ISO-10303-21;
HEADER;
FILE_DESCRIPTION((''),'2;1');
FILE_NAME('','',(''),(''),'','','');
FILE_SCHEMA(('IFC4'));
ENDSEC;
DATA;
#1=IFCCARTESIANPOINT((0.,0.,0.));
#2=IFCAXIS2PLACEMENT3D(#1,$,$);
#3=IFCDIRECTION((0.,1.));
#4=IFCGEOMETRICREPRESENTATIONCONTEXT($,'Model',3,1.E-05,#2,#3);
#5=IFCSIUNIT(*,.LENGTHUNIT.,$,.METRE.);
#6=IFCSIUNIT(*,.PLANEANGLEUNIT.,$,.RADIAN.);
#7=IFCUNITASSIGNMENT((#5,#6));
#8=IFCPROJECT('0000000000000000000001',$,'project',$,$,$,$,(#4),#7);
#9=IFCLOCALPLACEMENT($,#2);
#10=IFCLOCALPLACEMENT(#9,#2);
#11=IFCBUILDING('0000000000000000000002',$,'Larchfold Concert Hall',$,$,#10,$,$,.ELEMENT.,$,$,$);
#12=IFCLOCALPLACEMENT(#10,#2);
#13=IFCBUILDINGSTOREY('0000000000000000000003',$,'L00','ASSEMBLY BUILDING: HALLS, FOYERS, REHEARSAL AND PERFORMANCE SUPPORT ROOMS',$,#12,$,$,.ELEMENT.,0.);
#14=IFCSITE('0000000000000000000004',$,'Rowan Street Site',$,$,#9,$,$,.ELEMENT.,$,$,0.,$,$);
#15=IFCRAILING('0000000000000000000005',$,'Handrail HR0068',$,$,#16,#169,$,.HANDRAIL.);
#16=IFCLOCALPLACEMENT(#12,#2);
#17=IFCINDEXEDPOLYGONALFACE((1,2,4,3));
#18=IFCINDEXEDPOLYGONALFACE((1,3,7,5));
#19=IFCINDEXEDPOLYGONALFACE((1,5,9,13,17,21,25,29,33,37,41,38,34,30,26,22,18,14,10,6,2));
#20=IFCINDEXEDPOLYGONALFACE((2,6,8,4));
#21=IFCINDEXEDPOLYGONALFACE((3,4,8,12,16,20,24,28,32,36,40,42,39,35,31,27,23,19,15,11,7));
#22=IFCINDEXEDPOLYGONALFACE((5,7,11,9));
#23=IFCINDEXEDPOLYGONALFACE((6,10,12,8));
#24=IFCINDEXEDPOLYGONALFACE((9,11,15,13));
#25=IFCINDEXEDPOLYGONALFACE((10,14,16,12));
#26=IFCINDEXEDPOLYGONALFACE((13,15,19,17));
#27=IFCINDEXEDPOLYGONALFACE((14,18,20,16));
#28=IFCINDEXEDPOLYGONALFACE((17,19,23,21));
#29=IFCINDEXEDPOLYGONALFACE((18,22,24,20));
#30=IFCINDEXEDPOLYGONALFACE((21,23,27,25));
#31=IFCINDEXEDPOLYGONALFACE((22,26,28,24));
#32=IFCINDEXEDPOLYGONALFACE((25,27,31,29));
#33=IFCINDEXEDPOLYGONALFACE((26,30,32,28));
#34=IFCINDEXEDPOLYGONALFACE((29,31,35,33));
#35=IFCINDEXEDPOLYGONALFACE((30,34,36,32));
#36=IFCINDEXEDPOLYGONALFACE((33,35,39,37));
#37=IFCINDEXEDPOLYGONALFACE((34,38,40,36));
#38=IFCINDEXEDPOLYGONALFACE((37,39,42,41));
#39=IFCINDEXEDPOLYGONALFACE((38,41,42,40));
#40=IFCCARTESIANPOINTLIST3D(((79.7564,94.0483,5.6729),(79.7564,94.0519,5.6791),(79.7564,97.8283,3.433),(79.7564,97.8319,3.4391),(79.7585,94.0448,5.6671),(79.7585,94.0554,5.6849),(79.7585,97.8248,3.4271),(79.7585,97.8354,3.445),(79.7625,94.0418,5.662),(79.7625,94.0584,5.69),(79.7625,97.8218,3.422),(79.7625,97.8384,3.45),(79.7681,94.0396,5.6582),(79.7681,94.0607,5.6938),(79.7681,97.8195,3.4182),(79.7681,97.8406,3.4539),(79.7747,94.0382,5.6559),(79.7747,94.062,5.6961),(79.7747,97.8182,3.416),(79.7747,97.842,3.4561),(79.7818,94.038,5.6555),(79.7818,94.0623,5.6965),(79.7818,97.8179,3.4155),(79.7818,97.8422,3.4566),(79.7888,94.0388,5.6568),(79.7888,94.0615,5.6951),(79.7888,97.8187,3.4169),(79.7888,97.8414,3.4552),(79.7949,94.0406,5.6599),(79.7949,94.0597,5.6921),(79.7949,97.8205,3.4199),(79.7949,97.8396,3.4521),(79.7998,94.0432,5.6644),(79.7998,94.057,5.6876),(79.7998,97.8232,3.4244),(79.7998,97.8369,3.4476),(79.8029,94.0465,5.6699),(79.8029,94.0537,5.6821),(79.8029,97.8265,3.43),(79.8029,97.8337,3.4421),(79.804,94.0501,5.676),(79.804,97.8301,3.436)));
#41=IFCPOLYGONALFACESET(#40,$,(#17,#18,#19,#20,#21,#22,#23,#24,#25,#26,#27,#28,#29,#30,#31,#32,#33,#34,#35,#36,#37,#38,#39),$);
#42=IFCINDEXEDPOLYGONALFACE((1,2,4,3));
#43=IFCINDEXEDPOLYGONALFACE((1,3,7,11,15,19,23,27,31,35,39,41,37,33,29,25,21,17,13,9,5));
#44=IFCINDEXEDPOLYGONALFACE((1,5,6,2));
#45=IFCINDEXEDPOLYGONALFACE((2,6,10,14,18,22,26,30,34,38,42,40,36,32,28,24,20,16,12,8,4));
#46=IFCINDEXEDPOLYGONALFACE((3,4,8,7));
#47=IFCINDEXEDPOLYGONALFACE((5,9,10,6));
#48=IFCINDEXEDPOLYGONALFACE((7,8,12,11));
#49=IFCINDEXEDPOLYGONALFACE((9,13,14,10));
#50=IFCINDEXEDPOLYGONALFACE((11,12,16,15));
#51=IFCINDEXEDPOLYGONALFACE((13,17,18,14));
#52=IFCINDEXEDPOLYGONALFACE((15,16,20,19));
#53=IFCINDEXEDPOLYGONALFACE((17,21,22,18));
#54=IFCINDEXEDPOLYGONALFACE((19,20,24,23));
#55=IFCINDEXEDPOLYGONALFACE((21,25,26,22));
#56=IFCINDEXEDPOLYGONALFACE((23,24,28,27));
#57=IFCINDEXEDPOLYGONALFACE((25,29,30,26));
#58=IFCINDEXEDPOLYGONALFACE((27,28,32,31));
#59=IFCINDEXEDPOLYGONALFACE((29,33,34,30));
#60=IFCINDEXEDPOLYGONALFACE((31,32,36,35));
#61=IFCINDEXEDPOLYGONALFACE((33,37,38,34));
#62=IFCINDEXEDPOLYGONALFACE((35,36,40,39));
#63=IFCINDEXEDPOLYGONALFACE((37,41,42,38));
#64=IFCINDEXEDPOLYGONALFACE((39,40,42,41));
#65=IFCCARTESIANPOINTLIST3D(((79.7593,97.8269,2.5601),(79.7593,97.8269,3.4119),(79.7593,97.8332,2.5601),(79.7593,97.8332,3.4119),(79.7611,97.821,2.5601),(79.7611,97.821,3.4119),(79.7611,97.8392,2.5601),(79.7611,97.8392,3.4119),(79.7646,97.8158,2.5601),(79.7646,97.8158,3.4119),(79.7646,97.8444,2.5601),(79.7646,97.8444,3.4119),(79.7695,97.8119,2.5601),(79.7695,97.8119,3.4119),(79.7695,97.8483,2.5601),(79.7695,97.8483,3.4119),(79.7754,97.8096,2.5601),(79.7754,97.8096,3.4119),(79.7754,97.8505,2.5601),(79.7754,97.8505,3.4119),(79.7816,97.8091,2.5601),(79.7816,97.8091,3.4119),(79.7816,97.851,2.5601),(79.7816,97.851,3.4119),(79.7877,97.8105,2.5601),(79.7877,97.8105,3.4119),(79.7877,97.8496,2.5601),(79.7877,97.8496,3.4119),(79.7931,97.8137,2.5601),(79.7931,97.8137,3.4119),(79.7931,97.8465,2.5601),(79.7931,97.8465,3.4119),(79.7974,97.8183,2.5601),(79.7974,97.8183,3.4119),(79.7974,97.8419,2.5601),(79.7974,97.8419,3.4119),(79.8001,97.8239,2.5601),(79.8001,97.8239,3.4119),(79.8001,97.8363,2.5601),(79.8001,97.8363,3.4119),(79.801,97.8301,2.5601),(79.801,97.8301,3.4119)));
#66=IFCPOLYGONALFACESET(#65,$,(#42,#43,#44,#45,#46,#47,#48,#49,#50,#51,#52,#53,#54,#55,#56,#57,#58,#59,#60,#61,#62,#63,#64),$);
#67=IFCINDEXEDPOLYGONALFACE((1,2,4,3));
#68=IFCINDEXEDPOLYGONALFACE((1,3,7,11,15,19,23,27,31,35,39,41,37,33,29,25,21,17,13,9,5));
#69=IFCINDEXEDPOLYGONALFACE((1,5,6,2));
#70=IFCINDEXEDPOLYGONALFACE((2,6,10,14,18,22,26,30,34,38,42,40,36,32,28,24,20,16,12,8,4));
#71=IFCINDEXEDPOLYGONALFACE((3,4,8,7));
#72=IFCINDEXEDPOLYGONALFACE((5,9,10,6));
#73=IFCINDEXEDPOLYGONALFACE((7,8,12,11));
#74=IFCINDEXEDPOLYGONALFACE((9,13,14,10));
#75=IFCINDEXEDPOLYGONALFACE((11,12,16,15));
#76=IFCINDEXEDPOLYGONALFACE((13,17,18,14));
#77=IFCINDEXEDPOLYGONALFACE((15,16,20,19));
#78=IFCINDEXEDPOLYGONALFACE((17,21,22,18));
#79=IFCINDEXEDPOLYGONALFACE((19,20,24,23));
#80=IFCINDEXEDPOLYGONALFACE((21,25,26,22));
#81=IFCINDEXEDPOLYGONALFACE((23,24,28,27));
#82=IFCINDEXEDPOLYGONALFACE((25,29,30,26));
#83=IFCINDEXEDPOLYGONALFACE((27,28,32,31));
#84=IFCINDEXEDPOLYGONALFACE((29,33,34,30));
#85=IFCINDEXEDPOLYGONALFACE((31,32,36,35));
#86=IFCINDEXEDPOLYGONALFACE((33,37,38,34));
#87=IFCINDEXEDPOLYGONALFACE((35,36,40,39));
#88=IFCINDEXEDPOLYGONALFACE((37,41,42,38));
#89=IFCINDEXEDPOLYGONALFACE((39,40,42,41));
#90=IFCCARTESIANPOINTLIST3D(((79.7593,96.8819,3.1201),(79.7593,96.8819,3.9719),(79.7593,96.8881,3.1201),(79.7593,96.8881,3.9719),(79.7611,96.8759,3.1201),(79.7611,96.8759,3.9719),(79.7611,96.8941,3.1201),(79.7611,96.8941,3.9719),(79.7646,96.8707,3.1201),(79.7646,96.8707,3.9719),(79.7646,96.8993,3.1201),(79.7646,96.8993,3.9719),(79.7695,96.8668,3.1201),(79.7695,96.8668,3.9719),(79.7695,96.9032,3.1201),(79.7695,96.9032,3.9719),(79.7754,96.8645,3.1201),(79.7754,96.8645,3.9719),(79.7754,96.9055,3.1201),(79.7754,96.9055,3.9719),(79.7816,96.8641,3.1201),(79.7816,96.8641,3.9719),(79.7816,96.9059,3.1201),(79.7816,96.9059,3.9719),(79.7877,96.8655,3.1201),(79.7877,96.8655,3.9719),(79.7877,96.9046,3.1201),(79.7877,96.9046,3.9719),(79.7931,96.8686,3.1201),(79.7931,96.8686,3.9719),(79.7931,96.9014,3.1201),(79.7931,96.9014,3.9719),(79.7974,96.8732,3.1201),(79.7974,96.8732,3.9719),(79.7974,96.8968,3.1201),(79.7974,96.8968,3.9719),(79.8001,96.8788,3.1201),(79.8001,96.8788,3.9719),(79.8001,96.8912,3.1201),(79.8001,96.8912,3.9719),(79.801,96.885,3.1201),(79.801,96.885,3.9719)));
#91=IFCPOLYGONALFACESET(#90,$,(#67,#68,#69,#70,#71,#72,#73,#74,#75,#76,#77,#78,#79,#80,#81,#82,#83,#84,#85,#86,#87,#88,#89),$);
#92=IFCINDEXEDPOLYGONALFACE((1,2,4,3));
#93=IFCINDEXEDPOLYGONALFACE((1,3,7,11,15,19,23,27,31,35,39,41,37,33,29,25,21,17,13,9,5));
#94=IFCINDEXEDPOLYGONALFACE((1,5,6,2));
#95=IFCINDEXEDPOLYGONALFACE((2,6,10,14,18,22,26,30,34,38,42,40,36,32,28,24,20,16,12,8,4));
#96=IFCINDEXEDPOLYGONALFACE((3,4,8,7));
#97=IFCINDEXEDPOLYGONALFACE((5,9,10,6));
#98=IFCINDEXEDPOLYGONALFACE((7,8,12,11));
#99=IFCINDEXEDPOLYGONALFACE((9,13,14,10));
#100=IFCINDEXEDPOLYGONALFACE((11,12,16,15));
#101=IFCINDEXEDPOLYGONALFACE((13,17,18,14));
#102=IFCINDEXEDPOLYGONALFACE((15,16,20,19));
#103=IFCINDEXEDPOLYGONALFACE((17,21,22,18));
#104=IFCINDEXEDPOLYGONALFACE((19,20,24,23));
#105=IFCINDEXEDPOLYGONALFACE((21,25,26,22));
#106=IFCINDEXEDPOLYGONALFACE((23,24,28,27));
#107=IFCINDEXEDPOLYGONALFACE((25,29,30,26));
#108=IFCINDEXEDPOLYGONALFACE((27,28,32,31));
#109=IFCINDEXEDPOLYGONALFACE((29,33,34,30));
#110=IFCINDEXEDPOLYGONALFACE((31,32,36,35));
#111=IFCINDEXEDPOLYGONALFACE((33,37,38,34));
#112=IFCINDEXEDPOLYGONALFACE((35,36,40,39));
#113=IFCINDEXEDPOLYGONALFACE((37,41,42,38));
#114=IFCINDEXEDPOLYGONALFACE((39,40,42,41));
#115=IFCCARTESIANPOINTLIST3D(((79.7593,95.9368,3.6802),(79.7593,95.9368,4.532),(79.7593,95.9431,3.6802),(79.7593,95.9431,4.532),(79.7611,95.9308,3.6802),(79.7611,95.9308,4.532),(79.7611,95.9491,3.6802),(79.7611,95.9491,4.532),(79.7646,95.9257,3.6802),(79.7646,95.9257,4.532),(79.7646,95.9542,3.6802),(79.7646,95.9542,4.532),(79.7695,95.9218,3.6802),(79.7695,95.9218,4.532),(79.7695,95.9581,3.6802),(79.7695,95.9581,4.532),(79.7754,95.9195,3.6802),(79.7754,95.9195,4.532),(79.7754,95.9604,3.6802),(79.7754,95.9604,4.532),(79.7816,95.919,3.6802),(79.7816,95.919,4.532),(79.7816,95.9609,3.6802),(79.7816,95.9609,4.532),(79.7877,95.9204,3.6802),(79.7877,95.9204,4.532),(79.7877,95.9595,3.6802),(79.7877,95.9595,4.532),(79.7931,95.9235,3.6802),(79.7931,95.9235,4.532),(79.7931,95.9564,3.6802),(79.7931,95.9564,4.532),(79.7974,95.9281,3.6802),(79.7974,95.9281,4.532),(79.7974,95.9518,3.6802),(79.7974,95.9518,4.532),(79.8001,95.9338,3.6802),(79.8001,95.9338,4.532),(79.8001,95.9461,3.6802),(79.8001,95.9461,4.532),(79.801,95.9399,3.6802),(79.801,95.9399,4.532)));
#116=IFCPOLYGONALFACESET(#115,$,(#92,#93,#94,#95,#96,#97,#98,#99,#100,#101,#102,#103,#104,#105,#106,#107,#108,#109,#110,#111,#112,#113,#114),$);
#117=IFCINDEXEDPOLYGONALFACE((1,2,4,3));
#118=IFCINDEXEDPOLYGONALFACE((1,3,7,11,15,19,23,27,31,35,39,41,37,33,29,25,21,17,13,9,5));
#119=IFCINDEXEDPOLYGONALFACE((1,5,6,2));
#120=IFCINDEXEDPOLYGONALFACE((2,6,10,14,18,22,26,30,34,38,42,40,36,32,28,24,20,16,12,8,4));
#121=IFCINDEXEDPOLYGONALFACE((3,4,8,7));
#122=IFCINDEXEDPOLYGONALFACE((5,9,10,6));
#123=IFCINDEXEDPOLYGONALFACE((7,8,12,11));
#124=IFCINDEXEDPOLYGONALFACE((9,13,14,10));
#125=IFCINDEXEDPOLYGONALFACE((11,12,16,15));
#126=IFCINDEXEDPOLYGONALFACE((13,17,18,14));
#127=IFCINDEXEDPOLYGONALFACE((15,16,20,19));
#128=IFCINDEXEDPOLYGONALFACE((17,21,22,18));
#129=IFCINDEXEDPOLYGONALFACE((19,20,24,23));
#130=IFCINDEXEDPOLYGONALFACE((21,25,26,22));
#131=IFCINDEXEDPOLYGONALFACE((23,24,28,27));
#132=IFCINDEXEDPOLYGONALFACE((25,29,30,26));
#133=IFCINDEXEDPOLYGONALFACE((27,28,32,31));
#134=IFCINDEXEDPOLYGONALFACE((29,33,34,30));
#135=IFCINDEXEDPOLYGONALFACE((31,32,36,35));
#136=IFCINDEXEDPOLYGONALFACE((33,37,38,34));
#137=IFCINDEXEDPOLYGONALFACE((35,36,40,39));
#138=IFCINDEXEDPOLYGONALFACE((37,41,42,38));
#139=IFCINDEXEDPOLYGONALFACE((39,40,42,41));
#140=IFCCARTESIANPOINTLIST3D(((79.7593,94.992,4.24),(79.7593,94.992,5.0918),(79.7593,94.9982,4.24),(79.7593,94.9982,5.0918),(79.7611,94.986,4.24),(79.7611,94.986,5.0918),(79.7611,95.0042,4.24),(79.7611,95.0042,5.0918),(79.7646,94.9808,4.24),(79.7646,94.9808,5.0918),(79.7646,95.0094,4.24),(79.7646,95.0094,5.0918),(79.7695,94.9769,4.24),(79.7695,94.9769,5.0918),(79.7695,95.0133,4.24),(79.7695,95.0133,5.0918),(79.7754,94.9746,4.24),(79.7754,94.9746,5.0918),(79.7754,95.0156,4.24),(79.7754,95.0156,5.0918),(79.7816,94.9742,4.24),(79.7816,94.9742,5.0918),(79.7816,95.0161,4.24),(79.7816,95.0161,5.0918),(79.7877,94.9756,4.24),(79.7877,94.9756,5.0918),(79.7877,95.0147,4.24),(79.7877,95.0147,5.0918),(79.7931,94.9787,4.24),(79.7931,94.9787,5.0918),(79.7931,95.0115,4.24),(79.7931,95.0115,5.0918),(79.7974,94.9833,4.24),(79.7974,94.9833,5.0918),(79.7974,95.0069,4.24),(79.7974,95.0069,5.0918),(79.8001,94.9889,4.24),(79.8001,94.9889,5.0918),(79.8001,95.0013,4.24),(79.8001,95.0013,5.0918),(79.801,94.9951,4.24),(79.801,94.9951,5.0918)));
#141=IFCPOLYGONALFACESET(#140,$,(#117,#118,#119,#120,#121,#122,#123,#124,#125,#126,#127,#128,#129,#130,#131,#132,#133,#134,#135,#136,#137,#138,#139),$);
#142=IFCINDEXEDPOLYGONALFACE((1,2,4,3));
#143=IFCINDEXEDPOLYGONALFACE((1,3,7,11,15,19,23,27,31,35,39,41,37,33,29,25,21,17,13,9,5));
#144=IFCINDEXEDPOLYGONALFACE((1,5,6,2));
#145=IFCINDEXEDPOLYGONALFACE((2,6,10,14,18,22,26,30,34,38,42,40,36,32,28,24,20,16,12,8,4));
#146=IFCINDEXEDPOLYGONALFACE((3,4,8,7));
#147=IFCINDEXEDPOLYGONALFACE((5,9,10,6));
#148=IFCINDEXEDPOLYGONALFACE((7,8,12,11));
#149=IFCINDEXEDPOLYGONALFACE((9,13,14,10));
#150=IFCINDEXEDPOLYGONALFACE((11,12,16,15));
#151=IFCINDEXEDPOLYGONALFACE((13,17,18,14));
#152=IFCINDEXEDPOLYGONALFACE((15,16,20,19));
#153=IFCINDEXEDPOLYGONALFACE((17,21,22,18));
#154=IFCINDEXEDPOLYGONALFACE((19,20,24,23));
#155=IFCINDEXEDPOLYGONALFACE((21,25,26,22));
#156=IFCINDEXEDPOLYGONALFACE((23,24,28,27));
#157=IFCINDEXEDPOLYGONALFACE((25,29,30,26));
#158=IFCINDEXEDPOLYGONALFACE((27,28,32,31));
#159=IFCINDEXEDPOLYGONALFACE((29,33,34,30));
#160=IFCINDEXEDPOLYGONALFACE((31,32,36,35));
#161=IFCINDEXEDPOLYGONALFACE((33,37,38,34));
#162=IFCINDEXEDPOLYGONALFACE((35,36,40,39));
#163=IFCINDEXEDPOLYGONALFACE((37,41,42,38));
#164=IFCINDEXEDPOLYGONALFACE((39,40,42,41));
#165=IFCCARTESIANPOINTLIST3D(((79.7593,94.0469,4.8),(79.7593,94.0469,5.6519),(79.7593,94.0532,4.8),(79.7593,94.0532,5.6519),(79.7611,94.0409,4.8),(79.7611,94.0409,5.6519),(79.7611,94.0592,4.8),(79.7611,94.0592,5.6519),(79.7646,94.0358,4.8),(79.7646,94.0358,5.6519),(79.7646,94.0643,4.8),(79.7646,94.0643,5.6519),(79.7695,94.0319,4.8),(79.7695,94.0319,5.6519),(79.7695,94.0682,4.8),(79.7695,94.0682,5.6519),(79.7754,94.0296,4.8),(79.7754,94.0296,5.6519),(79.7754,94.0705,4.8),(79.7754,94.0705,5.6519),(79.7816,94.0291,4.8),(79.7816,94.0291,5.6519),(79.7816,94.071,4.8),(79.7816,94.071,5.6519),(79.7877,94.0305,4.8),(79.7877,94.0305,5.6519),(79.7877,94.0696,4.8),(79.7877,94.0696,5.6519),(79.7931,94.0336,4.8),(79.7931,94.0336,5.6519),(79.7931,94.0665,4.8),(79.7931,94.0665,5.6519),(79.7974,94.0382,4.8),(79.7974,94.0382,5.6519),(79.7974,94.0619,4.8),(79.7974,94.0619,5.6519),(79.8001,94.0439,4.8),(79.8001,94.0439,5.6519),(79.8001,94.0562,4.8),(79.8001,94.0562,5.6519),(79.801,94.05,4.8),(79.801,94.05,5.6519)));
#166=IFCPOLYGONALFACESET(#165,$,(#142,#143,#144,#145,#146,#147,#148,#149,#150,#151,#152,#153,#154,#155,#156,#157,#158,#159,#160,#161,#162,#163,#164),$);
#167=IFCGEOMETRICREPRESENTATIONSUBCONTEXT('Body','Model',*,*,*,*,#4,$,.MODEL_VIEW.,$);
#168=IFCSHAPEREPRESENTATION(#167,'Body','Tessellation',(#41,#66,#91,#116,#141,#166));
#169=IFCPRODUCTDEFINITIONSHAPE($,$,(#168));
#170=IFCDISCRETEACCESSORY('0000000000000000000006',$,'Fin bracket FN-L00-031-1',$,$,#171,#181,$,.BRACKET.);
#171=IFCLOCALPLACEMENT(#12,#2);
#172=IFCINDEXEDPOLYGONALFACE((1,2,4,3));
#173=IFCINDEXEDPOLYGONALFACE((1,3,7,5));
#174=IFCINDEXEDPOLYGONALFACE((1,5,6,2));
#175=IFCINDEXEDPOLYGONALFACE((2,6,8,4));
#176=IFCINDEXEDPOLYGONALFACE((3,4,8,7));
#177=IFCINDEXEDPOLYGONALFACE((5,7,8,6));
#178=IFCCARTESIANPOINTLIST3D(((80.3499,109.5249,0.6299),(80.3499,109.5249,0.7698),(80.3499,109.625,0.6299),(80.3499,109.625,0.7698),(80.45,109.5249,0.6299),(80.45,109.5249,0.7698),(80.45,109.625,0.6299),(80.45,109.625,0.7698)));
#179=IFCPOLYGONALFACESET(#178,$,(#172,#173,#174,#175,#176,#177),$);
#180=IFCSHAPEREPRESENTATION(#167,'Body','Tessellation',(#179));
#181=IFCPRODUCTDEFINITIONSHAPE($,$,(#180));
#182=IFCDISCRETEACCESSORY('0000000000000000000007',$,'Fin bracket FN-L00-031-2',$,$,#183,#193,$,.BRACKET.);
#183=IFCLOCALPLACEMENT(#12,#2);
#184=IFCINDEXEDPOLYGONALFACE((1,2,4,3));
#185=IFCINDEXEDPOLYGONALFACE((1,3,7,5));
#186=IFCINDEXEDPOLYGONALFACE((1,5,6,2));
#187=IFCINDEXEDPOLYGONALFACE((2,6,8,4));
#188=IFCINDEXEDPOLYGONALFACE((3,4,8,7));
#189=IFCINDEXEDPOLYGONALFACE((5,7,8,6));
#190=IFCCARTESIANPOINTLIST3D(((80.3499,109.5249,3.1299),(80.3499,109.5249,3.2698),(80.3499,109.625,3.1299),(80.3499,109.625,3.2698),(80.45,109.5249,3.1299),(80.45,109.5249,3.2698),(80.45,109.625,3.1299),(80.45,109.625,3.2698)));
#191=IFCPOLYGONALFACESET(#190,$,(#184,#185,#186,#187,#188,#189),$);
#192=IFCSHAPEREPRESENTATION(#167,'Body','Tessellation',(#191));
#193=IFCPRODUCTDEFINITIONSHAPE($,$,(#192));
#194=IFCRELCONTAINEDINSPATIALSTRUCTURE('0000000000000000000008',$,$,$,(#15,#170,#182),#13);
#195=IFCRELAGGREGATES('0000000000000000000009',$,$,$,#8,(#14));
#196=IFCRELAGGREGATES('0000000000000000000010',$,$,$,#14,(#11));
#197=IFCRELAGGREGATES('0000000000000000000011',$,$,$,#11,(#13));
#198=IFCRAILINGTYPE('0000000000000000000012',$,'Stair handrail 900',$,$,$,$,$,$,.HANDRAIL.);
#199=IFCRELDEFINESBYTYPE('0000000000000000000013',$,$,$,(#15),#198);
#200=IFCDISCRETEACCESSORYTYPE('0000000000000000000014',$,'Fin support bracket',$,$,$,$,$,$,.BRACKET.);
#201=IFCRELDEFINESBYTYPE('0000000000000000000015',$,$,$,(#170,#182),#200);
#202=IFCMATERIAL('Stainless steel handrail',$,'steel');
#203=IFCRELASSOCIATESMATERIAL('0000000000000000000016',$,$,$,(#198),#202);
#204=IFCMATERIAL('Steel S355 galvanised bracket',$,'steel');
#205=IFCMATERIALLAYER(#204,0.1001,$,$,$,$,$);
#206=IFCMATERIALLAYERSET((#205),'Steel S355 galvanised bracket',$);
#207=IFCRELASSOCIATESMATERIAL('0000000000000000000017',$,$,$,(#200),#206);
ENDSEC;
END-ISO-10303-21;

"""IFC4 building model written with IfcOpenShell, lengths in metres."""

from ifc_helpers import new_model, si_unit, direction, frame, origin, origin_2d, place, context, subcontext, project, spatial, rectangle, circle, extrude, material, layer, layer_set, type_object, element, save


model = new_model("IFC4")

# Units and contexts
model_context = context("Model", 3, precision=1e-05, world=origin(), true_north=direction((0.0, 1.0)))
body_context = subcontext(model_context, "Body", "Model", "MODEL_VIEW")
ifc_project = project(units=[si_unit("LENGTHUNIT", "METRE"), si_unit("PLANEANGLEUNIT", "RADIAN")], contexts=[model_context])

# Site, building, storey
site_placement = place(None, origin())
site = spatial("IfcSite", under=ifc_project, at=site_placement, Name="Rowan Street Site", CompositionType="ELEMENT", RefElevation=0.0)
building_placement = place(site_placement, origin())
building = spatial("IfcBuilding", under=site, at=building_placement, Name="Larchfold Concert Hall", CompositionType="ELEMENT")
storey_placement = place(building_placement, origin())
storey = spatial("IfcBuildingStorey", under=building, at=storey_placement, Name="L00", Description="ASSEMBLY BUILDING: HALLS, FOYERS, REHEARSAL AND PERFORMANCE SUPPORT ROOMS", CompositionType="ELEMENT", Elevation=0.0)

# Railing
ifc_material_1 = material(Name="Stainless steel handrail", Category="steel")
railing_type_1 = type_object("IfcRailingType", Name="Stair handrail 900", PredefinedType="HANDRAIL", material=ifc_material_1)
railing_1_placement = place(storey_placement, frame((79.78, 97.8301, 2.5601)))
element("IfcRailing", 1, at=railing_1_placement, inside=storey, type_object=railing_type_1, Name="Handrail HR0068", PredefinedType="HANDRAIL", context=body_context, shape_type="SweptSolid", body=[
    extrude(circle(Radius=0.0239, at=origin_2d()), frame((0.0, 0.0, 0.876), z_axis=(0.0, -0.860294, 0.509798), x_axis=(1.0, 0.0, 0.0)), (0.0, 0.0, 1.0), 4.3938),
    extrude(circle(Radius=0.021, at=origin_2d()), origin(), (0.0, 0.0, 1.0), 0.8518),
    extrude(circle(Radius=0.021, at=origin_2d()), frame((0.0, -0.9451, 0.5601)), (0.0, 0.0, 1.0), 0.8518),
    extrude(circle(Radius=0.021, at=origin_2d()), frame((0.0, -1.8901, 1.1201)), (0.0, 0.0, 1.0), 0.8518),
    extrude(circle(Radius=0.021, at=origin_2d()), frame((0.0, -2.835, 1.6799)), (0.0, 0.0, 1.0), 0.8518),
    extrude(circle(Radius=0.021, at=origin_2d()), frame((0.0, -3.78, 2.24)), (0.0, 0.0, 1.0), 0.8518),
])

# Discrete accessories
ifc_material_2 = material(Name="Steel S355 galvanised bracket", Category="steel")
ifc_layer_1 = layer(ifc_material_2, 0.1001)
ifc_layer_set_1 = layer_set([ifc_layer_1], Name="Steel S355 galvanised bracket")
discrete_accessory_type = type_object("IfcDiscreteAccessoryType", Name="Fin support bracket", PredefinedType="BRACKET", material=ifc_layer_set_1)
for number, where, z_axis, x_axis, name in (
    (2, (80.3999, 109.575, 0.6299), (0.0, 0.0, 1.0), (0.0, -1.0, 0.0), "Fin bracket FN-L00-031-1"),
    (3, (80.3999, 109.575, 3.1299), (0.0, 0.0, 1.0), (0.0, -1.0, 0.0), "Fin bracket FN-L00-031-2"),
):
    element("IfcDiscreteAccessory", number, at=place(storey_placement, frame(where, z_axis=z_axis, x_axis=x_axis)), inside=storey, type_object=discrete_accessory_type, Name=name, PredefinedType="BRACKET", context=body_context, shape_type="SweptSolid", body=[
        extrude(rectangle(XDim=0.1001, YDim=0.1001, at=origin_2d()), origin(), (0.0, 0.0, 1.0), 0.1399),
    ])

save(model, "model.ifc")
